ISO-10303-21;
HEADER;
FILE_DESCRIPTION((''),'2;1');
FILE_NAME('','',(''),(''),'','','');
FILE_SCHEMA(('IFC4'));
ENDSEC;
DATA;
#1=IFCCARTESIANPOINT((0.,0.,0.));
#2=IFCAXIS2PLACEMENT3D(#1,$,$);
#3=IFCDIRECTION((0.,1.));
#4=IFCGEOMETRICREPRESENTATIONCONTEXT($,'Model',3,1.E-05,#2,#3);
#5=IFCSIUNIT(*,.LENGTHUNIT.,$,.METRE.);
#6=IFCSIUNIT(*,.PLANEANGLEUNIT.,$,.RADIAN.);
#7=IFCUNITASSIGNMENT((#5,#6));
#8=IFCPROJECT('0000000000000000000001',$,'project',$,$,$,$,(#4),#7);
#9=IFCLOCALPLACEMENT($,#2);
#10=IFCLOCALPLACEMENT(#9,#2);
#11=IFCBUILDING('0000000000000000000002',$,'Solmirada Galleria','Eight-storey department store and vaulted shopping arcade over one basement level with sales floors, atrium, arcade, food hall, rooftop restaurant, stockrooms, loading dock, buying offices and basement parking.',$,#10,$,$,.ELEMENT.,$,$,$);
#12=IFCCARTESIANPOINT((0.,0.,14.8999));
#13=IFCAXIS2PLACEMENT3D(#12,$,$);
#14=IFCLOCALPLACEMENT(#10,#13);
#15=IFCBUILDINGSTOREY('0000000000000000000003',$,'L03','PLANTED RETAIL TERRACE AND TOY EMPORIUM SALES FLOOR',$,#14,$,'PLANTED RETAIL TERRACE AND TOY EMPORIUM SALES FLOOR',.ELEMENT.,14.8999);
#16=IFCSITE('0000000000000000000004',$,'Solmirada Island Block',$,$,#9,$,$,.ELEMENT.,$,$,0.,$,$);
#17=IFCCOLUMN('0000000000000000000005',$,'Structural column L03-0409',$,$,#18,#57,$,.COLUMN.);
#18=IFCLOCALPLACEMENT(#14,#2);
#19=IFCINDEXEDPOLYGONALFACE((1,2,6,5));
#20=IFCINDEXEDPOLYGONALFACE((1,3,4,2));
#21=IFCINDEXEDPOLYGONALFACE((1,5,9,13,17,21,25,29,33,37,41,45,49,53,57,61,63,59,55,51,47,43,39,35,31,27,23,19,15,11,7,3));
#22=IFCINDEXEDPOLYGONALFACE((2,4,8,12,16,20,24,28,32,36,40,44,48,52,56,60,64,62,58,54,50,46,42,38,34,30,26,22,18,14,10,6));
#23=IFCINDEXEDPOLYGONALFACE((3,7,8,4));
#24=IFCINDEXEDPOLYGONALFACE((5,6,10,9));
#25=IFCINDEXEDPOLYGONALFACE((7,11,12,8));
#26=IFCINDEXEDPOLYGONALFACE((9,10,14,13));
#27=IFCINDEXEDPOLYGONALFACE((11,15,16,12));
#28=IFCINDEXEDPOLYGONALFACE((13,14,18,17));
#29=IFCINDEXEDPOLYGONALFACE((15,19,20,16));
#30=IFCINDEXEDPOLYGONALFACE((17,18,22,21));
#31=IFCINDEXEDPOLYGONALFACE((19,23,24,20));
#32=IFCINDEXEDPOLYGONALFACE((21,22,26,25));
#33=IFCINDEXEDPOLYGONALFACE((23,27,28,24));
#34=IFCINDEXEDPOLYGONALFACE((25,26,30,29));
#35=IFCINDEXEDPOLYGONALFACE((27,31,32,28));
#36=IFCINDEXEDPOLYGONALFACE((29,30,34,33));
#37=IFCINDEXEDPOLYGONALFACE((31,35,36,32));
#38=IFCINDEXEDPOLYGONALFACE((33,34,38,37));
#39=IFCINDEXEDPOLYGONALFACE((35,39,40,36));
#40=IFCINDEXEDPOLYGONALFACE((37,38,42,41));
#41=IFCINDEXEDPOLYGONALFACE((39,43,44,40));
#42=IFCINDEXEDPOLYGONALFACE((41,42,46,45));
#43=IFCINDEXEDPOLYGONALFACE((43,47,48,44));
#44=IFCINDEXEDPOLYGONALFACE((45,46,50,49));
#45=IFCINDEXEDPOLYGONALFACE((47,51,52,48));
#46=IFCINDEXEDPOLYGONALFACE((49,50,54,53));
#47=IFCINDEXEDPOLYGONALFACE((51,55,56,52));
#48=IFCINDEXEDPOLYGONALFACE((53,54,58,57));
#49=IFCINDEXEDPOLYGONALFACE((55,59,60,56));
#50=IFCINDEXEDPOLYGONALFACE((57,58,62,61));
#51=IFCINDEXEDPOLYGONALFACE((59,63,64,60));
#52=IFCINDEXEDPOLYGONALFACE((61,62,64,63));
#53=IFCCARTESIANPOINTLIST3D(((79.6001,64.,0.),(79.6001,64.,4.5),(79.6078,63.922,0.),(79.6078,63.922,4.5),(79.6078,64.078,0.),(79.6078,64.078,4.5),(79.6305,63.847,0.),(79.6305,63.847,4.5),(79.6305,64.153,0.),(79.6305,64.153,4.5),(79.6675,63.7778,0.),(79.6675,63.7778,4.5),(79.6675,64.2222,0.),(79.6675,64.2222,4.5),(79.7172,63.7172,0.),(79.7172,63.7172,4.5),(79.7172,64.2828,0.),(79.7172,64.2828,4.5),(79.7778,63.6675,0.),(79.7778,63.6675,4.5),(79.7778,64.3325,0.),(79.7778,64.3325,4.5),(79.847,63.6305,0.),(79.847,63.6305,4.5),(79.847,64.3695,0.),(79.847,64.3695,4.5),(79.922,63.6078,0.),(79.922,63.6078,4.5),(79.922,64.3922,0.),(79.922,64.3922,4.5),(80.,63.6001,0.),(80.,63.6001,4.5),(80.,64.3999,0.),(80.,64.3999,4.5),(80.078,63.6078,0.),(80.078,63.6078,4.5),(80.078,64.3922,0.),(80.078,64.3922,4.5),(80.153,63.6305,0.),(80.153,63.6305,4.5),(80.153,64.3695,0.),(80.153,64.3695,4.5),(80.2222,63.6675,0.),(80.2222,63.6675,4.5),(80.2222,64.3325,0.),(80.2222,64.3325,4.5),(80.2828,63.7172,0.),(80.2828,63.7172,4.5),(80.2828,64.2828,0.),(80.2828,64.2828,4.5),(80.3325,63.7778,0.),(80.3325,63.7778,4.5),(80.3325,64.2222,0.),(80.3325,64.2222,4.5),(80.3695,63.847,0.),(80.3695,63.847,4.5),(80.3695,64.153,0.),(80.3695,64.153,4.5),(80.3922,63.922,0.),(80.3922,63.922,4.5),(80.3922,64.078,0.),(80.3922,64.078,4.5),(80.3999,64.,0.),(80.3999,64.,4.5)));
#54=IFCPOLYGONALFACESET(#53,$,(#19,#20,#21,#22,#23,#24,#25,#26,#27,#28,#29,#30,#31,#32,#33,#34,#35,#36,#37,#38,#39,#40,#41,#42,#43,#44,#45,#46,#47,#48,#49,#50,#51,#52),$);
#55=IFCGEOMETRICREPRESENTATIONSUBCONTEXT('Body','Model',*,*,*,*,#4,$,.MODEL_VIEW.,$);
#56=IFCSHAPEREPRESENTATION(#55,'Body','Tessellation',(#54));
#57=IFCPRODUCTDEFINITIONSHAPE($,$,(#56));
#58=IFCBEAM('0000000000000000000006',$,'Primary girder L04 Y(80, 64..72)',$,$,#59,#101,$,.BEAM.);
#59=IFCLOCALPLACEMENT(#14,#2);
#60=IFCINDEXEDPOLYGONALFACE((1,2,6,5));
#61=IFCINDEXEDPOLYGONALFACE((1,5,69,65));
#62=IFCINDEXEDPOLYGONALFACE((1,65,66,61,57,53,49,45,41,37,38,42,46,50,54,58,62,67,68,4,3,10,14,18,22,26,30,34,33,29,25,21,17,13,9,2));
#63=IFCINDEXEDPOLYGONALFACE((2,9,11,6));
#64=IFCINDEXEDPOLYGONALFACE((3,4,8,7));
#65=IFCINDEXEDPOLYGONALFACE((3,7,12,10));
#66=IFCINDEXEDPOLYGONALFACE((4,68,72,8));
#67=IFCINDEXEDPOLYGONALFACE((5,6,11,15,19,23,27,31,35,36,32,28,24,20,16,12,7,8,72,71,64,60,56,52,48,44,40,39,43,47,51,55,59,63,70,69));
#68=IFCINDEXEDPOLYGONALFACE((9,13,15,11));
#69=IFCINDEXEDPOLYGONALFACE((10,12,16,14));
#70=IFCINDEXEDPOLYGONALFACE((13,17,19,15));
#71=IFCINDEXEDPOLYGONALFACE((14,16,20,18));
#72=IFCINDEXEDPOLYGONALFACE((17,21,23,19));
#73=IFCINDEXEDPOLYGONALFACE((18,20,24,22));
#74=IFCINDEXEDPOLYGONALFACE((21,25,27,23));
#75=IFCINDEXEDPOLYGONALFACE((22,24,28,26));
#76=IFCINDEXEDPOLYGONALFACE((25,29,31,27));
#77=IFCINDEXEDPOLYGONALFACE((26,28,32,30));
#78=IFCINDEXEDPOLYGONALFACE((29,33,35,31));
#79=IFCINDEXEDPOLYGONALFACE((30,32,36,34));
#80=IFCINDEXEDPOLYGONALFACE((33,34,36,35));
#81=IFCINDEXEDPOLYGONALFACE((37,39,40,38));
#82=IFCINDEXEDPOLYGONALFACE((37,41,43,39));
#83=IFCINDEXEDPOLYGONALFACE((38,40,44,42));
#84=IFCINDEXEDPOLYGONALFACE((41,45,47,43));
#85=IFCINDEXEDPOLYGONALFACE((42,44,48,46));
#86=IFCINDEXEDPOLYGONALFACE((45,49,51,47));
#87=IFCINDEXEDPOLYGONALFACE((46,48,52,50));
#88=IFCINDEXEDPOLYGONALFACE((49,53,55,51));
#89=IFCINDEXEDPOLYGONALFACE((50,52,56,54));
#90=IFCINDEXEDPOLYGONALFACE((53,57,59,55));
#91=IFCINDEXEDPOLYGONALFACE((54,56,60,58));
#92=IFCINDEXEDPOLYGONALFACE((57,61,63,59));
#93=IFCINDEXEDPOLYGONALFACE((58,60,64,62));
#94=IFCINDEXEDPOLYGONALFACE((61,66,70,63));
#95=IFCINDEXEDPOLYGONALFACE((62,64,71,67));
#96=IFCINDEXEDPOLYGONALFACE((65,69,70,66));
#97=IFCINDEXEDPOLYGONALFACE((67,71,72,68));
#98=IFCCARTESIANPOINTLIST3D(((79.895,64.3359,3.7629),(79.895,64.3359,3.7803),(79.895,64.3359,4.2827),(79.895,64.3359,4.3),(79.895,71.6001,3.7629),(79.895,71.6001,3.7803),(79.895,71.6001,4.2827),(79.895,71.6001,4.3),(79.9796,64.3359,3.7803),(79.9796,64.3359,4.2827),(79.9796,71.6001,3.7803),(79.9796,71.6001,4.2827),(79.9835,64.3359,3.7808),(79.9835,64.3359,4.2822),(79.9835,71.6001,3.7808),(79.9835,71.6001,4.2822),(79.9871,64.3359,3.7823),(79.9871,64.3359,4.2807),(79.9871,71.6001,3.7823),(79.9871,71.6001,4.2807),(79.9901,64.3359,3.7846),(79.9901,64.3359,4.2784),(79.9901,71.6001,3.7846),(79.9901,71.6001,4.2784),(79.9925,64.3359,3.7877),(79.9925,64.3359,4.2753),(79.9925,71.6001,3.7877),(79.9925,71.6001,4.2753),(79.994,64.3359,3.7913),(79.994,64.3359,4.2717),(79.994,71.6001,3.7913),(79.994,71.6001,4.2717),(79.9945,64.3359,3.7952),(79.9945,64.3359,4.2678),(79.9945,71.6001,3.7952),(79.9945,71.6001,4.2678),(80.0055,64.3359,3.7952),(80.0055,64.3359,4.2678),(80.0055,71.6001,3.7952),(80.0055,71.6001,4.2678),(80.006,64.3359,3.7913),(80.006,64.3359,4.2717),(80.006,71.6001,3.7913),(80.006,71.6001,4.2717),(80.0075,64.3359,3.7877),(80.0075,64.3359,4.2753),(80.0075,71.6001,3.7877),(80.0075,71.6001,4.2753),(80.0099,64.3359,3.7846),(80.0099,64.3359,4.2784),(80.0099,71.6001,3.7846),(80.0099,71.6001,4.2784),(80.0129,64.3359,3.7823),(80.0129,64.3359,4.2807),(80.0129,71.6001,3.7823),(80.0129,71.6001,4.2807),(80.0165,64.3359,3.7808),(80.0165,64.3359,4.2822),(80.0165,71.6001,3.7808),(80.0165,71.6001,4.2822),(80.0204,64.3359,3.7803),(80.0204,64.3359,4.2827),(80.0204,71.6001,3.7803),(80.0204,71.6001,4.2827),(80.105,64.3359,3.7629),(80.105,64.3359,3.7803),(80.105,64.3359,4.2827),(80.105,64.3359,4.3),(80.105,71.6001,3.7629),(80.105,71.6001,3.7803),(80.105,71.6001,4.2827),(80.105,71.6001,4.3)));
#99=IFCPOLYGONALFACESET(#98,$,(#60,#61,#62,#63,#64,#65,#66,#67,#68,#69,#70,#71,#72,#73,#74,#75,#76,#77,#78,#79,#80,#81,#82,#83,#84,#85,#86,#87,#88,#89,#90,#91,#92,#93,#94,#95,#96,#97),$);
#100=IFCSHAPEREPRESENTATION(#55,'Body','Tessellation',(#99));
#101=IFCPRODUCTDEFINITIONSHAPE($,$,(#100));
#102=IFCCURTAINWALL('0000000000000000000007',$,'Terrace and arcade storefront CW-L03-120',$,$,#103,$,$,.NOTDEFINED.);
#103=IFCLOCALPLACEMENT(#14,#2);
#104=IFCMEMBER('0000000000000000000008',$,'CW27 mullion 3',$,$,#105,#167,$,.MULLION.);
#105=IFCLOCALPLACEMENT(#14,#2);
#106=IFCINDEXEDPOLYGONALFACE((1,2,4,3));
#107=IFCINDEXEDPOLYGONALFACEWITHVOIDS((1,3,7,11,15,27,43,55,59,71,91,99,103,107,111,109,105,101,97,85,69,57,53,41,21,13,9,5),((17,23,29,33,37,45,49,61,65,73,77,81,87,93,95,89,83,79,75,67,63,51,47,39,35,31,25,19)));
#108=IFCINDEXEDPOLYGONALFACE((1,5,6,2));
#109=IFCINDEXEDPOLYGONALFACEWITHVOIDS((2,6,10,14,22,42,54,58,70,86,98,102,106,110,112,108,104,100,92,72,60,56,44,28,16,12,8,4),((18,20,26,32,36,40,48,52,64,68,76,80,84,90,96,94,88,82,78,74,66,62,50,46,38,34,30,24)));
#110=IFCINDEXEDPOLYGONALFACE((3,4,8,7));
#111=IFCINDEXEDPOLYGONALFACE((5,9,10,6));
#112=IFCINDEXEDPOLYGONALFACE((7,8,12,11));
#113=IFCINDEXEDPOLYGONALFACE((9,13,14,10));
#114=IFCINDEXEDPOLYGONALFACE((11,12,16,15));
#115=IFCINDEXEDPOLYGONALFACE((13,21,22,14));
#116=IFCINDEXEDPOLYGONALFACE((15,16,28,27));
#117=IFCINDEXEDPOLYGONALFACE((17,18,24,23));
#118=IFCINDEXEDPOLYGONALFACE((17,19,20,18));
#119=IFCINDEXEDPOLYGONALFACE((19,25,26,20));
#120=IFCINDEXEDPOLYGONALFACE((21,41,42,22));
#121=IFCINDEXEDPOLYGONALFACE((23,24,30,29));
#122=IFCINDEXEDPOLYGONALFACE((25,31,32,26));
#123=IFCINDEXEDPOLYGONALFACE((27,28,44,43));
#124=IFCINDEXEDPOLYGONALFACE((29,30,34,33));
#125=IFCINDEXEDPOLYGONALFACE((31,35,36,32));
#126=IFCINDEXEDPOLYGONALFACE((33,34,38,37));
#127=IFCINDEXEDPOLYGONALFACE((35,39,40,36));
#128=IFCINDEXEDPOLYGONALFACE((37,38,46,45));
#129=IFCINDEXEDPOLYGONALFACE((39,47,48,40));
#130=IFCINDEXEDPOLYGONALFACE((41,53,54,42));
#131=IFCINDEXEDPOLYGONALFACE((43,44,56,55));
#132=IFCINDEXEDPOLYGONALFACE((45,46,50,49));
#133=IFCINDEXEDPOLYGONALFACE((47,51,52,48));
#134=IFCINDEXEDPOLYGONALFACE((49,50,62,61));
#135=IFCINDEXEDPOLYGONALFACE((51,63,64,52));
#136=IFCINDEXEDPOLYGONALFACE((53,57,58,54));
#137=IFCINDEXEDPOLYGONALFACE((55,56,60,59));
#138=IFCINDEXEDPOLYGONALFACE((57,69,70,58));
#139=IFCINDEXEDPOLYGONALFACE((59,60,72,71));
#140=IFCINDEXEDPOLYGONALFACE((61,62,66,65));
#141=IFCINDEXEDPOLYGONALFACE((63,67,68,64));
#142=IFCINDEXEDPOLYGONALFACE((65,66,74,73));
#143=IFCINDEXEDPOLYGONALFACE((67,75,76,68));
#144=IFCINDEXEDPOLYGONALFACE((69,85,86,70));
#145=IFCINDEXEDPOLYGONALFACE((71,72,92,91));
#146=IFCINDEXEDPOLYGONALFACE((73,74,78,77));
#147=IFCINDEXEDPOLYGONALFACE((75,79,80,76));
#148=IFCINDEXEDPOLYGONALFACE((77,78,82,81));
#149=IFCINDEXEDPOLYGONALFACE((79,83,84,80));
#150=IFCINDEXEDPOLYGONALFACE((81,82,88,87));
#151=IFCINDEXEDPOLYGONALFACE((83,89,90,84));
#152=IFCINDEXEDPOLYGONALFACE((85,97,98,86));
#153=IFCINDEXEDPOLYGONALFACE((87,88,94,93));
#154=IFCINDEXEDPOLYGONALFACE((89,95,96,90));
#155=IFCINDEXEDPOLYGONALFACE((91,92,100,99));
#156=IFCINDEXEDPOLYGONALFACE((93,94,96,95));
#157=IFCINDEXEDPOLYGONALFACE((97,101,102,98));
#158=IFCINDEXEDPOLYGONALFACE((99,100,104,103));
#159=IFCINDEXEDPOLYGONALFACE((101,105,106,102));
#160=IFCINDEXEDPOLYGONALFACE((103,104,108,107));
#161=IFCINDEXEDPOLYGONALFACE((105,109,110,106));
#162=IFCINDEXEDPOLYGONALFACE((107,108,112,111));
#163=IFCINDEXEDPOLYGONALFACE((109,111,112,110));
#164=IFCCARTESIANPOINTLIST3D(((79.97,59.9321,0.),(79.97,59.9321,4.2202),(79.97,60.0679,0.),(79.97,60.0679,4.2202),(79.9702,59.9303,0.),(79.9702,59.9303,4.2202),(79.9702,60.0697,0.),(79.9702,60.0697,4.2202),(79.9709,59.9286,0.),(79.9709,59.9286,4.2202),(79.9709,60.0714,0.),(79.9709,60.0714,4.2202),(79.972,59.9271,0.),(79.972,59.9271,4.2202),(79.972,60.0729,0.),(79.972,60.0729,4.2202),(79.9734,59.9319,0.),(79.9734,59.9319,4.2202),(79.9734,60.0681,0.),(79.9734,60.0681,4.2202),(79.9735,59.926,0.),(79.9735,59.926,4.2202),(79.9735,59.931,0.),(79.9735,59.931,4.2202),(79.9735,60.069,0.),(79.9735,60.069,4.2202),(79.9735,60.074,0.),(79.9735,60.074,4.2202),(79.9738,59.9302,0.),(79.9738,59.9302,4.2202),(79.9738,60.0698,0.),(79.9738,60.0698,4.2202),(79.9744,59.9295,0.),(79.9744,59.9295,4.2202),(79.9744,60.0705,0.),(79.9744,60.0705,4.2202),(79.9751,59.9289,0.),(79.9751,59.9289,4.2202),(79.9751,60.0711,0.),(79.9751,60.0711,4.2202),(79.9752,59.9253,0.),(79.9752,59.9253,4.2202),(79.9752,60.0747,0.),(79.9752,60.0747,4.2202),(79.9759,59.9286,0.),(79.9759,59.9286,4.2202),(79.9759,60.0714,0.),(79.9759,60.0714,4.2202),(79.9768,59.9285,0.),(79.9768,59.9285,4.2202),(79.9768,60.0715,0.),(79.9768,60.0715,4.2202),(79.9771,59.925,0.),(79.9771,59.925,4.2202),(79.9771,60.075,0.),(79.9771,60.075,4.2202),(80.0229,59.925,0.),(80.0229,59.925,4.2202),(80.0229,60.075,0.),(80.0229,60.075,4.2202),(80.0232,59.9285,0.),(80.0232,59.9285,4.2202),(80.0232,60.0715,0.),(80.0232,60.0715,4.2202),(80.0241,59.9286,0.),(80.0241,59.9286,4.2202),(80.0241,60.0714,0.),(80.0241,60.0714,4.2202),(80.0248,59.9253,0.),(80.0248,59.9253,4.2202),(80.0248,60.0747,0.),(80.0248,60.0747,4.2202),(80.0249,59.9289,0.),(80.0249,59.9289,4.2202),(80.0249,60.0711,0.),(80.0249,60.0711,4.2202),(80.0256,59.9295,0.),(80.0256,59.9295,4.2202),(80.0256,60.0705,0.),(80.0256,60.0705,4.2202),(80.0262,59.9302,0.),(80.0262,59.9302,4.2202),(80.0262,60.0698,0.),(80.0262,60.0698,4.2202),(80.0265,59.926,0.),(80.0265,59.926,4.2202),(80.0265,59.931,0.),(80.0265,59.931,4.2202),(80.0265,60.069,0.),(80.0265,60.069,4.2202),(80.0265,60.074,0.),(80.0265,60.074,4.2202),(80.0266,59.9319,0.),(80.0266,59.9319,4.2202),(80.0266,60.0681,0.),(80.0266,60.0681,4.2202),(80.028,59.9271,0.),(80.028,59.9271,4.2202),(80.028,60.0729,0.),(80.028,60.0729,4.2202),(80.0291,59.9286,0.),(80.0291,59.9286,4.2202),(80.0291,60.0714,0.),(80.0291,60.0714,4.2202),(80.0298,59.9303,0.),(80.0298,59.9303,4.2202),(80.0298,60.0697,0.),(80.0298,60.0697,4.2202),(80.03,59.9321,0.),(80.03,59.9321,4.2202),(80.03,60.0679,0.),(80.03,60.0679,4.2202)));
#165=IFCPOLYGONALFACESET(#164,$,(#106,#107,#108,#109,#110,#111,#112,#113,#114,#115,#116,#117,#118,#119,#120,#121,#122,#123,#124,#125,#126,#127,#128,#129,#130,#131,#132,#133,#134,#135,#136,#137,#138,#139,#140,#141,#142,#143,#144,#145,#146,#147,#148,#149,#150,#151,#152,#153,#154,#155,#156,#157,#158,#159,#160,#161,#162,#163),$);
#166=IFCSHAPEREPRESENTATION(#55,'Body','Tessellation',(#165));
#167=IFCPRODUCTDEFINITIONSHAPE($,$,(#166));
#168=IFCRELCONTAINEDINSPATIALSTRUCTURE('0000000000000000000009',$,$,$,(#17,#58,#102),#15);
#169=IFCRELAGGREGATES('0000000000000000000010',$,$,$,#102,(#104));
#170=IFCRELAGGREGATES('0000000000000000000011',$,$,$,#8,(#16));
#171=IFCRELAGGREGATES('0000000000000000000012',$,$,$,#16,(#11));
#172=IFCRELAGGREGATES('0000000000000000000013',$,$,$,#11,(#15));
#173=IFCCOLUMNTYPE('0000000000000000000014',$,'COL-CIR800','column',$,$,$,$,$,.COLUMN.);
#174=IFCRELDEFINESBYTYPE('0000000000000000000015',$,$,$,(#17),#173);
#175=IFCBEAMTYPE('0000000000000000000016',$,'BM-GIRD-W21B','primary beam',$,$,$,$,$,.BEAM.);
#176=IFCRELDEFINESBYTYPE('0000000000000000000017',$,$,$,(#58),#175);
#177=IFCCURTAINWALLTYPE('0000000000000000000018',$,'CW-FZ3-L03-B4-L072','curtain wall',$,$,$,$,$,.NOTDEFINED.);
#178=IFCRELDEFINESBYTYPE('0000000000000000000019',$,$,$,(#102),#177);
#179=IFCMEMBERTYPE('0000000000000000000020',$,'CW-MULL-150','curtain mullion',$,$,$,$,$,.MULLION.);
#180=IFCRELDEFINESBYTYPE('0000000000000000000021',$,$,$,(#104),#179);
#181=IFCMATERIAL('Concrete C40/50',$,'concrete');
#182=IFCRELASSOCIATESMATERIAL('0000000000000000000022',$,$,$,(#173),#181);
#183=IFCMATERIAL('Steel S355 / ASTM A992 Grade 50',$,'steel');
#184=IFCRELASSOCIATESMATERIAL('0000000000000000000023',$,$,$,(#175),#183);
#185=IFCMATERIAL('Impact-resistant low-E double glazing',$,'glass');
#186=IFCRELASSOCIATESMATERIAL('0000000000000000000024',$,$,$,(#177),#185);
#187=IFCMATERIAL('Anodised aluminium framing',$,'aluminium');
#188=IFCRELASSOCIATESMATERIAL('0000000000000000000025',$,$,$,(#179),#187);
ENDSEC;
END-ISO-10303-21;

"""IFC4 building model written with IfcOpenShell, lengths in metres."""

from ifc_helpers import new_model, si_unit, direction, frame, origin, origin_2d, place, context, subcontext, project, spatial, hollow_rectangle, circle, i_section, extrude, material, material_profile, profile_set, type_object, element, aggregate, save


model = new_model("IFC4")

# Units and contexts
model_context = context("Model", 3, precision=1e-05, world=origin(), true_north=direction((0.0, 1.0)))
body_context = subcontext(model_context, "Body", "Model", "MODEL_VIEW")
ifc_project = project(units=[si_unit("LENGTHUNIT", "METRE"), si_unit("PLANEANGLEUNIT", "RADIAN")], contexts=[model_context])

# Site, building, storey
site_placement = place(None, origin())
site = spatial("IfcSite", under=ifc_project, at=site_placement, Name="Solmirada Island Block", CompositionType="ELEMENT", RefElevation=0.0)
building_placement = place(site_placement, origin())
building = spatial("IfcBuilding", under=site, at=building_placement, Name="Solmirada Galleria", Description="Eight-storey department store and vaulted shopping arcade over one basement level with sales floors, atrium, arcade, food hall, rooftop restaurant, stockrooms, loading dock, buying offices and basement parking.", CompositionType="ELEMENT")
storey_placement = place(building_placement, frame((0.0, 0.0, 14.8999)))
storey = spatial("IfcBuildingStorey", under=building, at=storey_placement, Name="L03", Description="PLANTED RETAIL TERRACE AND TOY EMPORIUM SALES FLOOR", LongName="PLANTED RETAIL TERRACE AND TOY EMPORIUM SALES FLOOR", CompositionType="ELEMENT", Elevation=14.8999)

# Column
ifc_material_1 = material(Name="Concrete C40/50", Category="concrete")
ifc_material_profile_1 = material_profile(ifc_material_1, circle(Radius=0.3999, at=origin_2d()), Name="RCCOL800")
ifc_profile_set_1 = profile_set([ifc_material_profile_1], Name="Concrete C40/50")
column_type = type_object("IfcColumnType", Name="COL-CIR800", Description="column", PredefinedType="COLUMN", material=ifc_profile_set_1)
column_placement = place(storey_placement, frame((80.0, 64.0, 0.0), z_axis=(0.0, 0.0, 1.0), x_axis=(1.0, 0.0, 0.0)))
element("IfcColumn", 1, at=column_placement, inside=storey, type_object=column_type, Name="Structural column L03-0409", PredefinedType="COLUMN", context=body_context, shape_type="SweptSolid", body=[
    extrude(circle(Radius=0.3999, at=origin_2d()), origin(), (0.0, 0.0, 1.0), 4.5),
])

# Beam
ifc_material_2 = material(Name="Steel S355 / ASTM A992 Grade 50", Category="steel")
ifc_material_profile_2 = material_profile(ifc_material_2, i_section(OverallWidth=0.21, OverallDepth=0.5371, WebThickness=0.011, FlangeThickness=0.0173, FilletRadius=0.0149, at=origin_2d()), Name="W21X68")
ifc_profile_set_2 = profile_set([ifc_material_profile_2], Name="Steel S355 / ASTM A992 Grade 50")
beam_type = type_object("IfcBeamType", Name="BM-GIRD-W21B", Description="primary beam", PredefinedType="BEAM", material=ifc_profile_set_2)
beam_placement = place(storey_placement, frame((80.0, 64.3359, 4.0315), z_axis=(0.0, 1.0, 0.0), x_axis=(-1.0, 0.0, 0.0)))
element("IfcBeam", 2, at=beam_placement, inside=storey, type_object=beam_type, Name="Primary girder L04 Y(80, 64..72)", PredefinedType="BEAM", context=body_context, shape_type="SweptSolid", body=[
    extrude(i_section(OverallWidth=0.21, OverallDepth=0.5371, WebThickness=0.011, FlangeThickness=0.0173, FilletRadius=0.0149, at=origin_2d()), origin(), (0.0, 0.0, 1.0), 7.2642),
])

# Curtain wall, member
ifc_material_3 = material(Name="Impact-resistant low-E double glazing", Category="glass")
curtain_wall_type = type_object("IfcCurtainWallType", Name="CW-FZ3-L03-B4-L072", Description="curtain wall", PredefinedType="NOTDEFINED", material=ifc_material_3)
curtain_wall_1_placement = place(storey_placement, origin())
curtain_wall_1 = element("IfcCurtainWall", 3, at=curtain_wall_1_placement, inside=storey, type_object=curtain_wall_type, Name="Terrace and arcade storefront CW-L03-120", PredefinedType="NOTDEFINED")
ifc_material_4 = material(Name="Anodised aluminium framing", Category="aluminium")
ifc_material_profile_3 = material_profile(ifc_material_4, hollow_rectangle(XDim=0.0601, YDim=0.1499, WallThickness=0.0034, InnerFilletRadius=0.0034, OuterFilletRadius=0.0071, at=origin_2d()), Name="ALU-MULL-150X60")
ifc_profile_set_3 = profile_set([ifc_material_profile_3], Name="Anodised aluminium framing")
member_type_1 = type_object("IfcMemberType", Name="CW-MULL-150", Description="curtain mullion", PredefinedType="MULLION", material=ifc_profile_set_3)
member_1_placement = place(storey_placement, frame((80.0, 60.0, 0.0), z_axis=(0.0, 0.0, 1.0), x_axis=(-1.0, 0.0, 0.0)))
member_1 = element("IfcMember", 4, at=member_1_placement, type_object=member_type_1, Name="CW27 mullion 3", PredefinedType="MULLION", context=body_context, shape_type="SweptSolid", body=[
    extrude(hollow_rectangle(XDim=0.0601, YDim=0.1499, WallThickness=0.0034, InnerFilletRadius=0.0034, OuterFilletRadius=0.0071, at=origin_2d()), origin(), (0.0, 0.0, 1.0), 4.2202),
])

aggregate(curtain_wall_1, [member_1])

save(model, "model.ifc")
